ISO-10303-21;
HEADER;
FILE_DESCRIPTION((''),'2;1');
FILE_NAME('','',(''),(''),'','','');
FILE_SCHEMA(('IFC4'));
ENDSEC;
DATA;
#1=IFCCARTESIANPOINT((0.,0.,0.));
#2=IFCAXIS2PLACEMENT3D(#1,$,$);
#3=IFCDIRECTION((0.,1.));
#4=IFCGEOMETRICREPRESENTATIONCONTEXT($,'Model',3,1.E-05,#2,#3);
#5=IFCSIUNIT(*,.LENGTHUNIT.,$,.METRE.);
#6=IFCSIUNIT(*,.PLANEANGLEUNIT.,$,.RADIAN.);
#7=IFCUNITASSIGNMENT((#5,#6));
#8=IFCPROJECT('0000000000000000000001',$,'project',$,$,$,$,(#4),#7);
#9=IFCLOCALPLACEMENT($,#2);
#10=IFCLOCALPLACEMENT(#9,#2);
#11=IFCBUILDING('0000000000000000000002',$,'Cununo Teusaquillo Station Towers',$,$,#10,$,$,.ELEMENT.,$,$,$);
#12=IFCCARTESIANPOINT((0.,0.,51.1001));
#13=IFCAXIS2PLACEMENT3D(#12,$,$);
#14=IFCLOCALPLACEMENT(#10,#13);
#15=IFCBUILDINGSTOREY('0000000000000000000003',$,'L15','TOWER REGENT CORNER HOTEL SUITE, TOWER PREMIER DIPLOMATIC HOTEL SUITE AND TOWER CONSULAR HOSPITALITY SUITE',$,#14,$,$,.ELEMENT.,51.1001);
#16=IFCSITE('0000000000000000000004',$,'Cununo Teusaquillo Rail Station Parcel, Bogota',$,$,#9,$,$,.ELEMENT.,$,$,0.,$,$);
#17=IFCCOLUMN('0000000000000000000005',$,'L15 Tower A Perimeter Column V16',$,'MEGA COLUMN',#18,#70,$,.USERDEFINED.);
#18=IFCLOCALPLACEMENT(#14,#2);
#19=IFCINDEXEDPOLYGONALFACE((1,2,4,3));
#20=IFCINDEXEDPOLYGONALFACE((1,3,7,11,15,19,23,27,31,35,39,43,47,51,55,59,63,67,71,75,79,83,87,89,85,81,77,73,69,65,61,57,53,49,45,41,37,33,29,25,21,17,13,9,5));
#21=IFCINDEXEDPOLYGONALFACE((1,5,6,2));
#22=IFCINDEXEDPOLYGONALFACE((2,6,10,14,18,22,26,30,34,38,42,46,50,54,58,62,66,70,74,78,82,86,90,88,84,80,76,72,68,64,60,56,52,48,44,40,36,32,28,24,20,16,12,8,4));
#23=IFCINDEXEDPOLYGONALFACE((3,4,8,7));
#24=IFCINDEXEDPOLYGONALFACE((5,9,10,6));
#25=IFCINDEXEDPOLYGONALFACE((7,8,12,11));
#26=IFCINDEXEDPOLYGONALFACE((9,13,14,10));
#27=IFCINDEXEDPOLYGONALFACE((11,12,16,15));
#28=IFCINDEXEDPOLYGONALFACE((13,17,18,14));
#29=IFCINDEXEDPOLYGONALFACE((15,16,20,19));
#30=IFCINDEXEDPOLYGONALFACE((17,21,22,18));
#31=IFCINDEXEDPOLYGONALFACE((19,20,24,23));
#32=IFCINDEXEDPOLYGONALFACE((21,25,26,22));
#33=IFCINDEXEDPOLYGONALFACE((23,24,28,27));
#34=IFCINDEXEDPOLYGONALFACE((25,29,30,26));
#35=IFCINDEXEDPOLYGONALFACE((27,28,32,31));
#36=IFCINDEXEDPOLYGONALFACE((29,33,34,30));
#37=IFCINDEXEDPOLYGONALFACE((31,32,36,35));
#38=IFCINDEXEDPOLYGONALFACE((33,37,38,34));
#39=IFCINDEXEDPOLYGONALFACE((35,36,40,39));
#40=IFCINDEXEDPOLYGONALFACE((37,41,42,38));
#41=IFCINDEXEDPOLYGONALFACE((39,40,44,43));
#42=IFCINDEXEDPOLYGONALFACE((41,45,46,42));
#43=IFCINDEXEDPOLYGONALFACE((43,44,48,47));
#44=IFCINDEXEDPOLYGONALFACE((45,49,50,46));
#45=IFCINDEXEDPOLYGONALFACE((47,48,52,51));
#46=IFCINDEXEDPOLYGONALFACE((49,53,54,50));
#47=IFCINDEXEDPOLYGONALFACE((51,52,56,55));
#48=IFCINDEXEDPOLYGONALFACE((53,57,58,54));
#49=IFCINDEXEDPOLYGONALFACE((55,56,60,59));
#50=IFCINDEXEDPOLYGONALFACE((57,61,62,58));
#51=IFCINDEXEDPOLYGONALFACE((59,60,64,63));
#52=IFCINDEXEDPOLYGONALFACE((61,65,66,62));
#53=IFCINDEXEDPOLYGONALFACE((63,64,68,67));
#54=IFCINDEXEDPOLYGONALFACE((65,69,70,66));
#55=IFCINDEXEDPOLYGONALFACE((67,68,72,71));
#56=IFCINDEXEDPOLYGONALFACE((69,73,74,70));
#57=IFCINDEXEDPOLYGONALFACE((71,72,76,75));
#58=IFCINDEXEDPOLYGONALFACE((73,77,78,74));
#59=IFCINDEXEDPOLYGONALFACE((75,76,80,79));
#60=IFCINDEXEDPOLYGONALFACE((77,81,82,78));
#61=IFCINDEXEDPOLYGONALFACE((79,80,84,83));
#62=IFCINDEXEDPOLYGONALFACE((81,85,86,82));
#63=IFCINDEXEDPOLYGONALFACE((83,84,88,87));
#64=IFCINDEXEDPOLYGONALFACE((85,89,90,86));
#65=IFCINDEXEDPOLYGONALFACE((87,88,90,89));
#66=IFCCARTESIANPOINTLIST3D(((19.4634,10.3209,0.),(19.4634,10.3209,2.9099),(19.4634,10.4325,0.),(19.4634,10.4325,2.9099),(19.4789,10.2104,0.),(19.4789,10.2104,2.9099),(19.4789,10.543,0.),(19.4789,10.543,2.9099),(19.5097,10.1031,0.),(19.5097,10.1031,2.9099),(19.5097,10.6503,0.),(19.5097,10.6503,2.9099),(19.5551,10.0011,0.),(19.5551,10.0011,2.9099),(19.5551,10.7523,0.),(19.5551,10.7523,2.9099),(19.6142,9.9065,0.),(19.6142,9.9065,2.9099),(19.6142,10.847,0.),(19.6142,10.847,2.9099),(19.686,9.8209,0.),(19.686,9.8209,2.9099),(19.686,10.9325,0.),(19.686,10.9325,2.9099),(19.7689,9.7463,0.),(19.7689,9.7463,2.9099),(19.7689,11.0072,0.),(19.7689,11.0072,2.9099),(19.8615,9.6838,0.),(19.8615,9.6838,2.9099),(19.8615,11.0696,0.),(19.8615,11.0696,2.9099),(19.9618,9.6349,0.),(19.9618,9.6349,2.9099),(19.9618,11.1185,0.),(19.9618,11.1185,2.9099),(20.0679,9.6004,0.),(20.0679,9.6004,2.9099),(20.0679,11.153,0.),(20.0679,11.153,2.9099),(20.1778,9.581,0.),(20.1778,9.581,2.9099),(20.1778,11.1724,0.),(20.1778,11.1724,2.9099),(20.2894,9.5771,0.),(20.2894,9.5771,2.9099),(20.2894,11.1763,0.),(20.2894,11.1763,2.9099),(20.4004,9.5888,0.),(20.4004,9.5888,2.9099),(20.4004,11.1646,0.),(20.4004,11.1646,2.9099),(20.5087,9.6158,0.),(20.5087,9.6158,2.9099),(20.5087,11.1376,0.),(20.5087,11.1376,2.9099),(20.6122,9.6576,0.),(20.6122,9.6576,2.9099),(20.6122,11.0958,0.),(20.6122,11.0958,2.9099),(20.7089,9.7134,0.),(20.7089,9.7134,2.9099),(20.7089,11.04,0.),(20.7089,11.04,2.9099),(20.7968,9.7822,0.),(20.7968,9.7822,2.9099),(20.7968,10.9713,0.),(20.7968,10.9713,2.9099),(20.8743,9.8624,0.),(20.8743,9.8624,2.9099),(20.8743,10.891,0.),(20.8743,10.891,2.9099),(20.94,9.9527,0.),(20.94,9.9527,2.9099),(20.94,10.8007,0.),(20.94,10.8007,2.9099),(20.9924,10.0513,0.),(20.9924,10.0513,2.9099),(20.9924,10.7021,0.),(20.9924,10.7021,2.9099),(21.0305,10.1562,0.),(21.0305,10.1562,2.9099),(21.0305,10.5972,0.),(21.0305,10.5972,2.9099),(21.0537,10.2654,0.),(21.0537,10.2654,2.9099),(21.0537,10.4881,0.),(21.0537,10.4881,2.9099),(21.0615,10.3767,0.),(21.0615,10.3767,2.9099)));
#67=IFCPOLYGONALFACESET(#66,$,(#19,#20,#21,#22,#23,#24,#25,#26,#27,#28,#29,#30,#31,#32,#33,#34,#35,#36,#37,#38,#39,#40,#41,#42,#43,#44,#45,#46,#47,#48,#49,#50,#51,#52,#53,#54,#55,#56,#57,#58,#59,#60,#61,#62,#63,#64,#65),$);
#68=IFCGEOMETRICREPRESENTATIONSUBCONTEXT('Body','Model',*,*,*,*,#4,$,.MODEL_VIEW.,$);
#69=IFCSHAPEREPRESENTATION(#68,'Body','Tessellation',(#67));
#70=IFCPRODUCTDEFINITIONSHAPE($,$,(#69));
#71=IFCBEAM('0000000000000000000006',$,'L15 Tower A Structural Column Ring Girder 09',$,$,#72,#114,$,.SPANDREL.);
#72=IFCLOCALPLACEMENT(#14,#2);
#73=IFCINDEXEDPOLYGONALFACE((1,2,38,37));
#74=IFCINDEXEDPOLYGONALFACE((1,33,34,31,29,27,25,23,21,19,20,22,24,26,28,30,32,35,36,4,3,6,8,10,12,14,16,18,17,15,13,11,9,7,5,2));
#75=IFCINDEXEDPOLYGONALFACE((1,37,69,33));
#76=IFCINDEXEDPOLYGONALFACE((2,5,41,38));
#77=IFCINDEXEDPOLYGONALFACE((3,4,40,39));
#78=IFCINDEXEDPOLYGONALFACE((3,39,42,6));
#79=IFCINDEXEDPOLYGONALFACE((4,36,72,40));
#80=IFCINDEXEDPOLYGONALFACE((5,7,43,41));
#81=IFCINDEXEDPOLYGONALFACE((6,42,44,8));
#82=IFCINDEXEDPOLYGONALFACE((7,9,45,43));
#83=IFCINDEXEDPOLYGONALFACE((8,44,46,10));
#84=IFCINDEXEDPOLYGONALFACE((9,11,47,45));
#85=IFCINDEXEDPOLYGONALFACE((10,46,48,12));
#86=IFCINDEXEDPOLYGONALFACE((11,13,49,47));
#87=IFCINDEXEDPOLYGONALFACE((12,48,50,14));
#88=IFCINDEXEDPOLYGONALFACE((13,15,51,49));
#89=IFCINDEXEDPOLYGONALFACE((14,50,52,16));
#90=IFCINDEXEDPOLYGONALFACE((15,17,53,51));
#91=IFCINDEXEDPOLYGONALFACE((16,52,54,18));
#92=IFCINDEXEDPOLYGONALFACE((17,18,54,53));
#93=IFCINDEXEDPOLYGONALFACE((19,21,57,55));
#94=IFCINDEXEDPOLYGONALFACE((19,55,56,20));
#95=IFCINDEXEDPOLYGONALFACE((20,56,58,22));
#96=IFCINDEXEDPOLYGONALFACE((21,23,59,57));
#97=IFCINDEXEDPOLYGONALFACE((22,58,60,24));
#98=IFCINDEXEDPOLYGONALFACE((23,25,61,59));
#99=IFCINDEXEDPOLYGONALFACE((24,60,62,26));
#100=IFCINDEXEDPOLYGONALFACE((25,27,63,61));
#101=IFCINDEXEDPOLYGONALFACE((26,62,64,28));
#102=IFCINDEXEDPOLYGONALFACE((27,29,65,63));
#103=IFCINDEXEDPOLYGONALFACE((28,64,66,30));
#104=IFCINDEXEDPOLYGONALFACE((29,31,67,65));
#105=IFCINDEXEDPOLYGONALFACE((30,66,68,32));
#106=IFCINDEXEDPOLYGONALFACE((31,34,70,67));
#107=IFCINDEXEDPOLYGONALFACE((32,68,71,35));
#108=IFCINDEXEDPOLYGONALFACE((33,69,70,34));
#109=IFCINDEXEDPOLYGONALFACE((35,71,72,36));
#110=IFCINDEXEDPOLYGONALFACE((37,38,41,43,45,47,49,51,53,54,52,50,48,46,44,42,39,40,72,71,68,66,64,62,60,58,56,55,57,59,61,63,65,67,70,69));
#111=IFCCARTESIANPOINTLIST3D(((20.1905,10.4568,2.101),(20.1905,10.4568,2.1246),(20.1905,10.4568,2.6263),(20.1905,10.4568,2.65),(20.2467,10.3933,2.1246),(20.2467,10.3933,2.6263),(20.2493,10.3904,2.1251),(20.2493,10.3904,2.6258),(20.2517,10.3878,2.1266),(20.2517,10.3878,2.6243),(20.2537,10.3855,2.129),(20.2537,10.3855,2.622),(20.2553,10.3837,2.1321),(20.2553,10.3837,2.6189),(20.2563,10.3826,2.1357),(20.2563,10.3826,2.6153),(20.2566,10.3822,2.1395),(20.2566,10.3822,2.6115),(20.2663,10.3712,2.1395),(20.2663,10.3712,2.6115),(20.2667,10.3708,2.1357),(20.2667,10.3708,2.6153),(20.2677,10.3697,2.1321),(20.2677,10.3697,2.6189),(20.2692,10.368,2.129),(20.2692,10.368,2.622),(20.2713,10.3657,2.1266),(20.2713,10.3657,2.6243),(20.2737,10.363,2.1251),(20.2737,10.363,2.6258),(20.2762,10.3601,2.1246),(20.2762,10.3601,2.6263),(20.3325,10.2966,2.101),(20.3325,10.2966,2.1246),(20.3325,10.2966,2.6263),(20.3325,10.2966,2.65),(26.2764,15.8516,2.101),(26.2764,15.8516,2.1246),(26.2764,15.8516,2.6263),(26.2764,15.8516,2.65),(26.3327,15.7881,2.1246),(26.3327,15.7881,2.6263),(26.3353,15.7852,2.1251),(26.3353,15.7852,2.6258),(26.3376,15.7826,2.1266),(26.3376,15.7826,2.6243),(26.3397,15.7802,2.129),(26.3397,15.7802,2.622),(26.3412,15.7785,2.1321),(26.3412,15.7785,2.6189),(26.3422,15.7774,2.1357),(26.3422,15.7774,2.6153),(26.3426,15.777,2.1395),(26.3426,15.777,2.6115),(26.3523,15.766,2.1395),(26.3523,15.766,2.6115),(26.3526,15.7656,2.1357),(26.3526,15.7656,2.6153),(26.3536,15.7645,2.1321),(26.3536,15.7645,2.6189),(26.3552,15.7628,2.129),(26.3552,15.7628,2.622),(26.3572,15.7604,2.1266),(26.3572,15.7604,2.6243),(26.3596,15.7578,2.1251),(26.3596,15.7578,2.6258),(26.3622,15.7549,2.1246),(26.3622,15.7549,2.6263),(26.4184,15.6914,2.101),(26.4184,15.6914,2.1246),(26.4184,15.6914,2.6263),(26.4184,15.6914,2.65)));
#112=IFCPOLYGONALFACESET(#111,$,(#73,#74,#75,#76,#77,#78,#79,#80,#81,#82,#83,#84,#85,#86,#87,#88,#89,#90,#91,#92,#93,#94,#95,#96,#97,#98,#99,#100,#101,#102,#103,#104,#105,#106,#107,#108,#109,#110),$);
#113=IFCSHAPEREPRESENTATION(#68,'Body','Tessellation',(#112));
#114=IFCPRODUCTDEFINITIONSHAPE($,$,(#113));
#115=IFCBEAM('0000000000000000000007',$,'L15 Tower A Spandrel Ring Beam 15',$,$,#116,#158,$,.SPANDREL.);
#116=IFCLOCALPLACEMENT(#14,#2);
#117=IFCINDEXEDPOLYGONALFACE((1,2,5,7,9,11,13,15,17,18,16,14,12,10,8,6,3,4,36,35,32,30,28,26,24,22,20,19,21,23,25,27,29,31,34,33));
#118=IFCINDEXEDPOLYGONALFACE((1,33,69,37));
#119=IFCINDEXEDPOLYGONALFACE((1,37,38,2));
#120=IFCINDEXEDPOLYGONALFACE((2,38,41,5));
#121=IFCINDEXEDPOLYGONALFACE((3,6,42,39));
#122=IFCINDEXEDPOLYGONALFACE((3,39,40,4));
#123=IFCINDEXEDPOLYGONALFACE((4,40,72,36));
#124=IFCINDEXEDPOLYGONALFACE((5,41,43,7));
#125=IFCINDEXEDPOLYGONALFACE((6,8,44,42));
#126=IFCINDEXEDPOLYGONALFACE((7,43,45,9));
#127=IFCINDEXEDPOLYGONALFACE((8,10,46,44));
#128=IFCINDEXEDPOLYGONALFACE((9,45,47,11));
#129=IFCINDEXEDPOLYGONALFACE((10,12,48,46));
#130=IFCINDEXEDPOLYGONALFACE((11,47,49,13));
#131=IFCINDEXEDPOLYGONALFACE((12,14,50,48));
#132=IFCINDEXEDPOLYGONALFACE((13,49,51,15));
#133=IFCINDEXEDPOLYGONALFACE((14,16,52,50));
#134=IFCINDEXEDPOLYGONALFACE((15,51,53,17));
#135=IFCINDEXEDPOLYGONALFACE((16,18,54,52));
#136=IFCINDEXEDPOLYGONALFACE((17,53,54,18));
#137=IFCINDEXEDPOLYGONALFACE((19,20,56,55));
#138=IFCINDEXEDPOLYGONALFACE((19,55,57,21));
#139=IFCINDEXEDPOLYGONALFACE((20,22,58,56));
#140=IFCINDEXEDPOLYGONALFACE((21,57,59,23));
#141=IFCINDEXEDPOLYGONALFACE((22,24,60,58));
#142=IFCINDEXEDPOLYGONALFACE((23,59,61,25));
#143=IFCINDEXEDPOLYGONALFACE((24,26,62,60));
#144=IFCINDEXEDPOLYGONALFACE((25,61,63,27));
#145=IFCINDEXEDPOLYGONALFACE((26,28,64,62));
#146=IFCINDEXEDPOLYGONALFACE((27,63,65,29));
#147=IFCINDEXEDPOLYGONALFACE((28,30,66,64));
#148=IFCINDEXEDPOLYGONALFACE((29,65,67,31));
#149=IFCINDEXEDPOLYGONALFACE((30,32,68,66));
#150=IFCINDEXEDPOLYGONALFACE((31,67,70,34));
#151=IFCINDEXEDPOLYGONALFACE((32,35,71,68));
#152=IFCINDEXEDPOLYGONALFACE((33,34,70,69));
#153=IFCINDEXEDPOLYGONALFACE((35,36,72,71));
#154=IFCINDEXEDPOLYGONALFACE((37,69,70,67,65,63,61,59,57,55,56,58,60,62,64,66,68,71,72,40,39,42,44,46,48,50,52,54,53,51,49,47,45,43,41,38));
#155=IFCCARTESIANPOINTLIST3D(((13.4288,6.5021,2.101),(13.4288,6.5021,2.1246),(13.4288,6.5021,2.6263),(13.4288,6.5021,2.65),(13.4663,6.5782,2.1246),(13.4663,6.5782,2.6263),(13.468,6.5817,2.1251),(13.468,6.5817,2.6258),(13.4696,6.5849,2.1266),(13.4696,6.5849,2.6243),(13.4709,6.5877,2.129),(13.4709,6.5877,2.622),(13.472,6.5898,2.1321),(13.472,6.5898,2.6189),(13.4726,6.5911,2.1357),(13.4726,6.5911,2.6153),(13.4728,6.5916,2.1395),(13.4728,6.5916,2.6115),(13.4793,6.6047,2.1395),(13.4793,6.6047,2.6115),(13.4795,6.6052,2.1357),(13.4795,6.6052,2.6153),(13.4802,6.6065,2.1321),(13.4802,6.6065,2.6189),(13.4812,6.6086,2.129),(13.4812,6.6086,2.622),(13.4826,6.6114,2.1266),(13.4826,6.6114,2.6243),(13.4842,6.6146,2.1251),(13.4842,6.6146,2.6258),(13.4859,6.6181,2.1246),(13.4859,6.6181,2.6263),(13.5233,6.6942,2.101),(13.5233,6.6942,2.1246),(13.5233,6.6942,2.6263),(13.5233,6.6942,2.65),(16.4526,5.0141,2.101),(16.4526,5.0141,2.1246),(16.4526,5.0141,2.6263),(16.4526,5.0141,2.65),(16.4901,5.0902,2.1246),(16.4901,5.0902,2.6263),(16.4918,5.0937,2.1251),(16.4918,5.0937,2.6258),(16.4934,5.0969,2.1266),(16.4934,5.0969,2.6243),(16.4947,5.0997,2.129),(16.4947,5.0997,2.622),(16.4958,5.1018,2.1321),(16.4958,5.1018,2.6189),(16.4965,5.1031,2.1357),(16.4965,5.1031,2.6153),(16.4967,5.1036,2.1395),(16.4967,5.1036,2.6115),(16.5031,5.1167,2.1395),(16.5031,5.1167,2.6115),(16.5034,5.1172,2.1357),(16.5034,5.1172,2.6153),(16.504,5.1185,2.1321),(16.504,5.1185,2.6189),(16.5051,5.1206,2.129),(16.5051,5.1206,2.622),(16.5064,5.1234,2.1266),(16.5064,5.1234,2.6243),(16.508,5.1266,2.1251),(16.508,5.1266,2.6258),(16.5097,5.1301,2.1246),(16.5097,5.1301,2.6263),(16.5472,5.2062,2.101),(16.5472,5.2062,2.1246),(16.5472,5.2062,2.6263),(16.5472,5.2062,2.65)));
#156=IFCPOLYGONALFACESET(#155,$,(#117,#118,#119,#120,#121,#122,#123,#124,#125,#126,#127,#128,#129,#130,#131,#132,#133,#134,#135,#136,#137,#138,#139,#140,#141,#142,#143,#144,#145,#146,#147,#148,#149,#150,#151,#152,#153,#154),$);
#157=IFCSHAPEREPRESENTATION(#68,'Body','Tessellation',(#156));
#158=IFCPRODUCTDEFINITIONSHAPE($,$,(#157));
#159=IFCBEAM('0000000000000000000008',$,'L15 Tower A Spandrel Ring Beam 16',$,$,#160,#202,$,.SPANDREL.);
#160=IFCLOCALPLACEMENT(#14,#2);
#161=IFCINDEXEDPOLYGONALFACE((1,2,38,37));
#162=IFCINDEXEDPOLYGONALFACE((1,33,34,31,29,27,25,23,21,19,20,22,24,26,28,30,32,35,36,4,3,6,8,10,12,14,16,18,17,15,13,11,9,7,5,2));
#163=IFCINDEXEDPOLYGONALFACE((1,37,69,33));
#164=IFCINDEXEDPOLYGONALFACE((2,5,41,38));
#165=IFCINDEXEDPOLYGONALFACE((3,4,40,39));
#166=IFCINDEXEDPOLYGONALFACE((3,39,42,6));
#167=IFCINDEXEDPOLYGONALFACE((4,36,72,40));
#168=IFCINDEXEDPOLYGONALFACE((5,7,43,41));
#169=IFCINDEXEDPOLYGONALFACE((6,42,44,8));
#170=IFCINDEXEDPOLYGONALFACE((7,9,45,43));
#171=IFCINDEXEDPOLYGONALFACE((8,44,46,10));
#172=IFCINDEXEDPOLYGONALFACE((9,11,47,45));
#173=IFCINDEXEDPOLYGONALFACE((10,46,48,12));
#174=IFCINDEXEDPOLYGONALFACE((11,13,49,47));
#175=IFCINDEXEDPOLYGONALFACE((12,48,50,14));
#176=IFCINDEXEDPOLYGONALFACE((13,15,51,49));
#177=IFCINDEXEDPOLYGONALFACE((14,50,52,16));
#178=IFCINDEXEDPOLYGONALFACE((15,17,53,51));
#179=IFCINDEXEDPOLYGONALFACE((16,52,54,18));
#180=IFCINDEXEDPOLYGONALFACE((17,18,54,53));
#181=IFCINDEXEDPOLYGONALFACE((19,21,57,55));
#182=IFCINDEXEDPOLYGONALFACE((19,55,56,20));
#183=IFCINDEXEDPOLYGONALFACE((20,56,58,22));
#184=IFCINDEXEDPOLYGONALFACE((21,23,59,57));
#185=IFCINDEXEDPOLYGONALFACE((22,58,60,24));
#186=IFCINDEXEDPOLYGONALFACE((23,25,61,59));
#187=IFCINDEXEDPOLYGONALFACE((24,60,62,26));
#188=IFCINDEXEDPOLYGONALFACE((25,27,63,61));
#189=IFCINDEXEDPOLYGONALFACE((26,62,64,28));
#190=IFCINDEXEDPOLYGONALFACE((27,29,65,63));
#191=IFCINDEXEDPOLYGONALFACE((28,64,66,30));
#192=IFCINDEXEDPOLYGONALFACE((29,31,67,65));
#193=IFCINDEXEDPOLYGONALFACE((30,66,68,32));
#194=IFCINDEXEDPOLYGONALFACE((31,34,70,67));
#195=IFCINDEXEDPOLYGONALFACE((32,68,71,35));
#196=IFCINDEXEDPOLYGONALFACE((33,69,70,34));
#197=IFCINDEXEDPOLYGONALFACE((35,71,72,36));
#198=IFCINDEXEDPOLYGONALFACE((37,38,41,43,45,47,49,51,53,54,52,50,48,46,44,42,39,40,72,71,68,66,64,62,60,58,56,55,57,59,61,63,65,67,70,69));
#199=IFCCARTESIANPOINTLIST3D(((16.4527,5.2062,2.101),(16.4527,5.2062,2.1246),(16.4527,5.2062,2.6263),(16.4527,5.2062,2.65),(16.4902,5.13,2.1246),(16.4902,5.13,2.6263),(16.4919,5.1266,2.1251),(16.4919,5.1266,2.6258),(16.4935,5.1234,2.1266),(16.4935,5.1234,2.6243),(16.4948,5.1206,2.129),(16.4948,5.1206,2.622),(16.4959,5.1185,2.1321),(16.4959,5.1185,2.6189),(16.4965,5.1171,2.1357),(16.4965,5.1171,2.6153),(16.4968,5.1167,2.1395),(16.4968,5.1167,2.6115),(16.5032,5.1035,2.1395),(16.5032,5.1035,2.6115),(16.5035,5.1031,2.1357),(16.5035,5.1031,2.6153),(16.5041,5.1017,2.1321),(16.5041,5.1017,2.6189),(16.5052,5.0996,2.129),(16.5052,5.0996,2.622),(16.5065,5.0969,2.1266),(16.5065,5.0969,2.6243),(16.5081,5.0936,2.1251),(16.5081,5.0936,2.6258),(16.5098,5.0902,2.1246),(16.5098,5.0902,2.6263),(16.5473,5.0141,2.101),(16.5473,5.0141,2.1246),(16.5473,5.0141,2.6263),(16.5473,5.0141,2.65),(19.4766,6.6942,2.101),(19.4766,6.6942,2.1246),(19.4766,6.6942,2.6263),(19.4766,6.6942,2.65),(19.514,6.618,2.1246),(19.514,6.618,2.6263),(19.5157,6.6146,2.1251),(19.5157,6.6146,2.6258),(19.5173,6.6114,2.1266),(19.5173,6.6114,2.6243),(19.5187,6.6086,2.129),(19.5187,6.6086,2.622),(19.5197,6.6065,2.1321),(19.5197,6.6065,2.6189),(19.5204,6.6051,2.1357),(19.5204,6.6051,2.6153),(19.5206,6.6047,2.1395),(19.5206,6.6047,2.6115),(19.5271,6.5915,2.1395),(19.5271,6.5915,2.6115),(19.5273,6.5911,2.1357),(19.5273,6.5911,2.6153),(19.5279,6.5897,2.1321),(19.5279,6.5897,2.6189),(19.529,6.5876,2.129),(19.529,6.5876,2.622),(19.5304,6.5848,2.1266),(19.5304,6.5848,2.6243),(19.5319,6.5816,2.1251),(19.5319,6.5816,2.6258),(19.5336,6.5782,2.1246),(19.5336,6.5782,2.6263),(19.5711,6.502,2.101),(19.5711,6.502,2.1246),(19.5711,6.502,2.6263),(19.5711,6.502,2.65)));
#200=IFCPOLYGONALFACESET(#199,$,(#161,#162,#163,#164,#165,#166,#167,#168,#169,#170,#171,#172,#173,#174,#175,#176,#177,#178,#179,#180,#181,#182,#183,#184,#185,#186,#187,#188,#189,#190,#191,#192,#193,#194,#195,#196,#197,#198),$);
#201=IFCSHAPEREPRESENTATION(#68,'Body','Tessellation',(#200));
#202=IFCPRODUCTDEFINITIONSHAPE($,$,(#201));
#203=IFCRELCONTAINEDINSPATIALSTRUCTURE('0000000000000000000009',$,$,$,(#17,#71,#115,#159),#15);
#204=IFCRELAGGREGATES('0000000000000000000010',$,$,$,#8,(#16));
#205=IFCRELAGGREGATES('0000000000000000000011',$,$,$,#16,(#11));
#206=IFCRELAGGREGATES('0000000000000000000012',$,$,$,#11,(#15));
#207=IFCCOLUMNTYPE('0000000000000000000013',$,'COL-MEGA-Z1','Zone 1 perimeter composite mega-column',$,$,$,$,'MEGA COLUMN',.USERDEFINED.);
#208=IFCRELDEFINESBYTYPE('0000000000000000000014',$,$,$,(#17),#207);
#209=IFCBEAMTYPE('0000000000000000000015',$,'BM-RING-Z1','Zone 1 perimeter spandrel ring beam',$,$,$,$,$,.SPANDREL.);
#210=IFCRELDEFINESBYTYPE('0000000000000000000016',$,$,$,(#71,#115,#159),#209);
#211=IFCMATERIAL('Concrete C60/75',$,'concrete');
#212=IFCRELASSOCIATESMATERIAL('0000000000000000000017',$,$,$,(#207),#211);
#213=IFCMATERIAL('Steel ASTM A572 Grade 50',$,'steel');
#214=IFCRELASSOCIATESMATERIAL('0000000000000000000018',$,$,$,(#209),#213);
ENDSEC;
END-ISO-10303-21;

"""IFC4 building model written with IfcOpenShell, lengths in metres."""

from ifc_helpers import new_model, si_unit, direction, frame, origin, origin_2d, place, context, subcontext, project, spatial, circle, i_section, extrude, material, material_profile, profile_set, type_object, element, save


model = new_model("IFC4")

# Units and contexts
model_context = context("Model", 3, precision=1e-05, world=origin(), true_north=direction((0.0, 1.0)))
body_context = subcontext(model_context, "Body", "Model", "MODEL_VIEW")
ifc_project = project(units=[si_unit("LENGTHUNIT", "METRE"), si_unit("PLANEANGLEUNIT", "RADIAN")], contexts=[model_context])

# Site, building, storey
site_placement = place(None, origin())
site = spatial("IfcSite", under=ifc_project, at=site_placement, Name="Cununo Teusaquillo Rail Station Parcel, Bogota", CompositionType="ELEMENT", RefElevation=0.0)
building_placement = place(site_placement, origin())
building = spatial("IfcBuilding", under=site, at=building_placement, Name="Cununo Teusaquillo Station Towers", CompositionType="ELEMENT")
storey_placement = place(building_placement, frame((0.0, 0.0, 51.1001)))
storey = spatial("IfcBuildingStorey", under=building, at=storey_placement, Name="L15", Description="TOWER REGENT CORNER HOTEL SUITE, TOWER PREMIER DIPLOMATIC HOTEL SUITE AND TOWER CONSULAR HOSPITALITY SUITE", CompositionType="ELEMENT", Elevation=51.1001)

# Column
ifc_material_1 = material(Name="Concrete C60/75", Category="concrete")
ifc_material_profile_1 = material_profile(ifc_material_1, circle(Radius=0.8, at=origin_2d()), Name="RC-CIRC-1600")
ifc_profile_set_1 = profile_set([ifc_material_profile_1], Name="Concrete C60/75")
column_type = type_object("IfcColumnType", Name="COL-MEGA-Z1", Description="Zone 1 perimeter composite mega-column", ElementType="MEGA COLUMN", PredefinedType="USERDEFINED", material=ifc_profile_set_1)
column_placement = place(storey_placement, frame((20.2615, 10.3767, 0.0), z_axis=(0.0, 0.0, 1.0), x_axis=(1.0, 0.0, 0.0)))
element("IfcColumn", 1, at=column_placement, inside=storey, type_object=column_type, Name="L15 Tower A Perimeter Column V16", ObjectType="MEGA COLUMN", PredefinedType="USERDEFINED", context=body_context, shape_type="SweptSolid", body=[
    extrude(circle(Radius=0.8, at=origin_2d()), origin(), (0.0, 0.0, 1.0), 2.9099),
])

# Beams
ifc_material_2 = material(Name="Steel ASTM A572 Grade 50", Category="steel")
ifc_material_profile_2 = material_profile(ifc_material_2, i_section(OverallWidth=0.2141, OverallDepth=0.5491, WebThickness=0.0146, FlangeThickness=0.0237, FilletRadius=0.0149, at=origin_2d()), Name="W21X93")
ifc_profile_set_2 = profile_set([ifc_material_profile_2], Name="Steel ASTM A572 Grade 50")
beam_type = type_object("IfcBeamType", Name="BM-RING-Z1", Description="Zone 1 perimeter spandrel ring beam", PredefinedType="SPANDREL", material=ifc_profile_set_2)
beam_1_placement = place(storey_placement, frame((20.2615, 10.3767, 2.3755), z_axis=(0.748321, 0.663337, 0.0), x_axis=(-0.663337, 0.748321, 0.0)))
element("IfcBeam", 2, at=beam_1_placement, inside=storey, type_object=beam_type, Name="L15 Tower A Structural Column Ring Girder 09", PredefinedType="SPANDREL", context=body_context, shape_type="SweptSolid", body=[
    extrude(i_section(OverallWidth=0.2141, OverallDepth=0.5491, WebThickness=0.0146, FlangeThickness=0.0237, FilletRadius=0.0149, at=origin_2d()), origin(), (0.0, 0.0, 1.0), 8.1328),
])
for number, where, z_axis, x_axis, name in (
    (3, (13.4761, 6.5981, 2.3755), (0.897249, -0.441525, 0.0), (0.441525, 0.897249, 0.0), "L15 Tower A Spandrel Ring Beam 15"),
    (4, (16.5, 5.1101, 2.3755), (0.897249, 0.441525, 0.0), (-0.441525, 0.897249, 0.0), "L15 Tower A Spandrel Ring Beam 16"),
):
    element("IfcBeam", number, at=place(storey_placement, frame(where, z_axis=z_axis, x_axis=x_axis)), inside=storey, type_object=beam_type, Name=name, PredefinedType="SPANDREL", context=body_context, shape_type="SweptSolid", body=[
        extrude(i_section(OverallWidth=0.2141, OverallDepth=0.5491, WebThickness=0.0146, FlangeThickness=0.0237, FilletRadius=0.0149, at=origin_2d()), origin(), (0.0, 0.0, 1.0), 3.3701),
    ])

save(model, "model.ifc")
